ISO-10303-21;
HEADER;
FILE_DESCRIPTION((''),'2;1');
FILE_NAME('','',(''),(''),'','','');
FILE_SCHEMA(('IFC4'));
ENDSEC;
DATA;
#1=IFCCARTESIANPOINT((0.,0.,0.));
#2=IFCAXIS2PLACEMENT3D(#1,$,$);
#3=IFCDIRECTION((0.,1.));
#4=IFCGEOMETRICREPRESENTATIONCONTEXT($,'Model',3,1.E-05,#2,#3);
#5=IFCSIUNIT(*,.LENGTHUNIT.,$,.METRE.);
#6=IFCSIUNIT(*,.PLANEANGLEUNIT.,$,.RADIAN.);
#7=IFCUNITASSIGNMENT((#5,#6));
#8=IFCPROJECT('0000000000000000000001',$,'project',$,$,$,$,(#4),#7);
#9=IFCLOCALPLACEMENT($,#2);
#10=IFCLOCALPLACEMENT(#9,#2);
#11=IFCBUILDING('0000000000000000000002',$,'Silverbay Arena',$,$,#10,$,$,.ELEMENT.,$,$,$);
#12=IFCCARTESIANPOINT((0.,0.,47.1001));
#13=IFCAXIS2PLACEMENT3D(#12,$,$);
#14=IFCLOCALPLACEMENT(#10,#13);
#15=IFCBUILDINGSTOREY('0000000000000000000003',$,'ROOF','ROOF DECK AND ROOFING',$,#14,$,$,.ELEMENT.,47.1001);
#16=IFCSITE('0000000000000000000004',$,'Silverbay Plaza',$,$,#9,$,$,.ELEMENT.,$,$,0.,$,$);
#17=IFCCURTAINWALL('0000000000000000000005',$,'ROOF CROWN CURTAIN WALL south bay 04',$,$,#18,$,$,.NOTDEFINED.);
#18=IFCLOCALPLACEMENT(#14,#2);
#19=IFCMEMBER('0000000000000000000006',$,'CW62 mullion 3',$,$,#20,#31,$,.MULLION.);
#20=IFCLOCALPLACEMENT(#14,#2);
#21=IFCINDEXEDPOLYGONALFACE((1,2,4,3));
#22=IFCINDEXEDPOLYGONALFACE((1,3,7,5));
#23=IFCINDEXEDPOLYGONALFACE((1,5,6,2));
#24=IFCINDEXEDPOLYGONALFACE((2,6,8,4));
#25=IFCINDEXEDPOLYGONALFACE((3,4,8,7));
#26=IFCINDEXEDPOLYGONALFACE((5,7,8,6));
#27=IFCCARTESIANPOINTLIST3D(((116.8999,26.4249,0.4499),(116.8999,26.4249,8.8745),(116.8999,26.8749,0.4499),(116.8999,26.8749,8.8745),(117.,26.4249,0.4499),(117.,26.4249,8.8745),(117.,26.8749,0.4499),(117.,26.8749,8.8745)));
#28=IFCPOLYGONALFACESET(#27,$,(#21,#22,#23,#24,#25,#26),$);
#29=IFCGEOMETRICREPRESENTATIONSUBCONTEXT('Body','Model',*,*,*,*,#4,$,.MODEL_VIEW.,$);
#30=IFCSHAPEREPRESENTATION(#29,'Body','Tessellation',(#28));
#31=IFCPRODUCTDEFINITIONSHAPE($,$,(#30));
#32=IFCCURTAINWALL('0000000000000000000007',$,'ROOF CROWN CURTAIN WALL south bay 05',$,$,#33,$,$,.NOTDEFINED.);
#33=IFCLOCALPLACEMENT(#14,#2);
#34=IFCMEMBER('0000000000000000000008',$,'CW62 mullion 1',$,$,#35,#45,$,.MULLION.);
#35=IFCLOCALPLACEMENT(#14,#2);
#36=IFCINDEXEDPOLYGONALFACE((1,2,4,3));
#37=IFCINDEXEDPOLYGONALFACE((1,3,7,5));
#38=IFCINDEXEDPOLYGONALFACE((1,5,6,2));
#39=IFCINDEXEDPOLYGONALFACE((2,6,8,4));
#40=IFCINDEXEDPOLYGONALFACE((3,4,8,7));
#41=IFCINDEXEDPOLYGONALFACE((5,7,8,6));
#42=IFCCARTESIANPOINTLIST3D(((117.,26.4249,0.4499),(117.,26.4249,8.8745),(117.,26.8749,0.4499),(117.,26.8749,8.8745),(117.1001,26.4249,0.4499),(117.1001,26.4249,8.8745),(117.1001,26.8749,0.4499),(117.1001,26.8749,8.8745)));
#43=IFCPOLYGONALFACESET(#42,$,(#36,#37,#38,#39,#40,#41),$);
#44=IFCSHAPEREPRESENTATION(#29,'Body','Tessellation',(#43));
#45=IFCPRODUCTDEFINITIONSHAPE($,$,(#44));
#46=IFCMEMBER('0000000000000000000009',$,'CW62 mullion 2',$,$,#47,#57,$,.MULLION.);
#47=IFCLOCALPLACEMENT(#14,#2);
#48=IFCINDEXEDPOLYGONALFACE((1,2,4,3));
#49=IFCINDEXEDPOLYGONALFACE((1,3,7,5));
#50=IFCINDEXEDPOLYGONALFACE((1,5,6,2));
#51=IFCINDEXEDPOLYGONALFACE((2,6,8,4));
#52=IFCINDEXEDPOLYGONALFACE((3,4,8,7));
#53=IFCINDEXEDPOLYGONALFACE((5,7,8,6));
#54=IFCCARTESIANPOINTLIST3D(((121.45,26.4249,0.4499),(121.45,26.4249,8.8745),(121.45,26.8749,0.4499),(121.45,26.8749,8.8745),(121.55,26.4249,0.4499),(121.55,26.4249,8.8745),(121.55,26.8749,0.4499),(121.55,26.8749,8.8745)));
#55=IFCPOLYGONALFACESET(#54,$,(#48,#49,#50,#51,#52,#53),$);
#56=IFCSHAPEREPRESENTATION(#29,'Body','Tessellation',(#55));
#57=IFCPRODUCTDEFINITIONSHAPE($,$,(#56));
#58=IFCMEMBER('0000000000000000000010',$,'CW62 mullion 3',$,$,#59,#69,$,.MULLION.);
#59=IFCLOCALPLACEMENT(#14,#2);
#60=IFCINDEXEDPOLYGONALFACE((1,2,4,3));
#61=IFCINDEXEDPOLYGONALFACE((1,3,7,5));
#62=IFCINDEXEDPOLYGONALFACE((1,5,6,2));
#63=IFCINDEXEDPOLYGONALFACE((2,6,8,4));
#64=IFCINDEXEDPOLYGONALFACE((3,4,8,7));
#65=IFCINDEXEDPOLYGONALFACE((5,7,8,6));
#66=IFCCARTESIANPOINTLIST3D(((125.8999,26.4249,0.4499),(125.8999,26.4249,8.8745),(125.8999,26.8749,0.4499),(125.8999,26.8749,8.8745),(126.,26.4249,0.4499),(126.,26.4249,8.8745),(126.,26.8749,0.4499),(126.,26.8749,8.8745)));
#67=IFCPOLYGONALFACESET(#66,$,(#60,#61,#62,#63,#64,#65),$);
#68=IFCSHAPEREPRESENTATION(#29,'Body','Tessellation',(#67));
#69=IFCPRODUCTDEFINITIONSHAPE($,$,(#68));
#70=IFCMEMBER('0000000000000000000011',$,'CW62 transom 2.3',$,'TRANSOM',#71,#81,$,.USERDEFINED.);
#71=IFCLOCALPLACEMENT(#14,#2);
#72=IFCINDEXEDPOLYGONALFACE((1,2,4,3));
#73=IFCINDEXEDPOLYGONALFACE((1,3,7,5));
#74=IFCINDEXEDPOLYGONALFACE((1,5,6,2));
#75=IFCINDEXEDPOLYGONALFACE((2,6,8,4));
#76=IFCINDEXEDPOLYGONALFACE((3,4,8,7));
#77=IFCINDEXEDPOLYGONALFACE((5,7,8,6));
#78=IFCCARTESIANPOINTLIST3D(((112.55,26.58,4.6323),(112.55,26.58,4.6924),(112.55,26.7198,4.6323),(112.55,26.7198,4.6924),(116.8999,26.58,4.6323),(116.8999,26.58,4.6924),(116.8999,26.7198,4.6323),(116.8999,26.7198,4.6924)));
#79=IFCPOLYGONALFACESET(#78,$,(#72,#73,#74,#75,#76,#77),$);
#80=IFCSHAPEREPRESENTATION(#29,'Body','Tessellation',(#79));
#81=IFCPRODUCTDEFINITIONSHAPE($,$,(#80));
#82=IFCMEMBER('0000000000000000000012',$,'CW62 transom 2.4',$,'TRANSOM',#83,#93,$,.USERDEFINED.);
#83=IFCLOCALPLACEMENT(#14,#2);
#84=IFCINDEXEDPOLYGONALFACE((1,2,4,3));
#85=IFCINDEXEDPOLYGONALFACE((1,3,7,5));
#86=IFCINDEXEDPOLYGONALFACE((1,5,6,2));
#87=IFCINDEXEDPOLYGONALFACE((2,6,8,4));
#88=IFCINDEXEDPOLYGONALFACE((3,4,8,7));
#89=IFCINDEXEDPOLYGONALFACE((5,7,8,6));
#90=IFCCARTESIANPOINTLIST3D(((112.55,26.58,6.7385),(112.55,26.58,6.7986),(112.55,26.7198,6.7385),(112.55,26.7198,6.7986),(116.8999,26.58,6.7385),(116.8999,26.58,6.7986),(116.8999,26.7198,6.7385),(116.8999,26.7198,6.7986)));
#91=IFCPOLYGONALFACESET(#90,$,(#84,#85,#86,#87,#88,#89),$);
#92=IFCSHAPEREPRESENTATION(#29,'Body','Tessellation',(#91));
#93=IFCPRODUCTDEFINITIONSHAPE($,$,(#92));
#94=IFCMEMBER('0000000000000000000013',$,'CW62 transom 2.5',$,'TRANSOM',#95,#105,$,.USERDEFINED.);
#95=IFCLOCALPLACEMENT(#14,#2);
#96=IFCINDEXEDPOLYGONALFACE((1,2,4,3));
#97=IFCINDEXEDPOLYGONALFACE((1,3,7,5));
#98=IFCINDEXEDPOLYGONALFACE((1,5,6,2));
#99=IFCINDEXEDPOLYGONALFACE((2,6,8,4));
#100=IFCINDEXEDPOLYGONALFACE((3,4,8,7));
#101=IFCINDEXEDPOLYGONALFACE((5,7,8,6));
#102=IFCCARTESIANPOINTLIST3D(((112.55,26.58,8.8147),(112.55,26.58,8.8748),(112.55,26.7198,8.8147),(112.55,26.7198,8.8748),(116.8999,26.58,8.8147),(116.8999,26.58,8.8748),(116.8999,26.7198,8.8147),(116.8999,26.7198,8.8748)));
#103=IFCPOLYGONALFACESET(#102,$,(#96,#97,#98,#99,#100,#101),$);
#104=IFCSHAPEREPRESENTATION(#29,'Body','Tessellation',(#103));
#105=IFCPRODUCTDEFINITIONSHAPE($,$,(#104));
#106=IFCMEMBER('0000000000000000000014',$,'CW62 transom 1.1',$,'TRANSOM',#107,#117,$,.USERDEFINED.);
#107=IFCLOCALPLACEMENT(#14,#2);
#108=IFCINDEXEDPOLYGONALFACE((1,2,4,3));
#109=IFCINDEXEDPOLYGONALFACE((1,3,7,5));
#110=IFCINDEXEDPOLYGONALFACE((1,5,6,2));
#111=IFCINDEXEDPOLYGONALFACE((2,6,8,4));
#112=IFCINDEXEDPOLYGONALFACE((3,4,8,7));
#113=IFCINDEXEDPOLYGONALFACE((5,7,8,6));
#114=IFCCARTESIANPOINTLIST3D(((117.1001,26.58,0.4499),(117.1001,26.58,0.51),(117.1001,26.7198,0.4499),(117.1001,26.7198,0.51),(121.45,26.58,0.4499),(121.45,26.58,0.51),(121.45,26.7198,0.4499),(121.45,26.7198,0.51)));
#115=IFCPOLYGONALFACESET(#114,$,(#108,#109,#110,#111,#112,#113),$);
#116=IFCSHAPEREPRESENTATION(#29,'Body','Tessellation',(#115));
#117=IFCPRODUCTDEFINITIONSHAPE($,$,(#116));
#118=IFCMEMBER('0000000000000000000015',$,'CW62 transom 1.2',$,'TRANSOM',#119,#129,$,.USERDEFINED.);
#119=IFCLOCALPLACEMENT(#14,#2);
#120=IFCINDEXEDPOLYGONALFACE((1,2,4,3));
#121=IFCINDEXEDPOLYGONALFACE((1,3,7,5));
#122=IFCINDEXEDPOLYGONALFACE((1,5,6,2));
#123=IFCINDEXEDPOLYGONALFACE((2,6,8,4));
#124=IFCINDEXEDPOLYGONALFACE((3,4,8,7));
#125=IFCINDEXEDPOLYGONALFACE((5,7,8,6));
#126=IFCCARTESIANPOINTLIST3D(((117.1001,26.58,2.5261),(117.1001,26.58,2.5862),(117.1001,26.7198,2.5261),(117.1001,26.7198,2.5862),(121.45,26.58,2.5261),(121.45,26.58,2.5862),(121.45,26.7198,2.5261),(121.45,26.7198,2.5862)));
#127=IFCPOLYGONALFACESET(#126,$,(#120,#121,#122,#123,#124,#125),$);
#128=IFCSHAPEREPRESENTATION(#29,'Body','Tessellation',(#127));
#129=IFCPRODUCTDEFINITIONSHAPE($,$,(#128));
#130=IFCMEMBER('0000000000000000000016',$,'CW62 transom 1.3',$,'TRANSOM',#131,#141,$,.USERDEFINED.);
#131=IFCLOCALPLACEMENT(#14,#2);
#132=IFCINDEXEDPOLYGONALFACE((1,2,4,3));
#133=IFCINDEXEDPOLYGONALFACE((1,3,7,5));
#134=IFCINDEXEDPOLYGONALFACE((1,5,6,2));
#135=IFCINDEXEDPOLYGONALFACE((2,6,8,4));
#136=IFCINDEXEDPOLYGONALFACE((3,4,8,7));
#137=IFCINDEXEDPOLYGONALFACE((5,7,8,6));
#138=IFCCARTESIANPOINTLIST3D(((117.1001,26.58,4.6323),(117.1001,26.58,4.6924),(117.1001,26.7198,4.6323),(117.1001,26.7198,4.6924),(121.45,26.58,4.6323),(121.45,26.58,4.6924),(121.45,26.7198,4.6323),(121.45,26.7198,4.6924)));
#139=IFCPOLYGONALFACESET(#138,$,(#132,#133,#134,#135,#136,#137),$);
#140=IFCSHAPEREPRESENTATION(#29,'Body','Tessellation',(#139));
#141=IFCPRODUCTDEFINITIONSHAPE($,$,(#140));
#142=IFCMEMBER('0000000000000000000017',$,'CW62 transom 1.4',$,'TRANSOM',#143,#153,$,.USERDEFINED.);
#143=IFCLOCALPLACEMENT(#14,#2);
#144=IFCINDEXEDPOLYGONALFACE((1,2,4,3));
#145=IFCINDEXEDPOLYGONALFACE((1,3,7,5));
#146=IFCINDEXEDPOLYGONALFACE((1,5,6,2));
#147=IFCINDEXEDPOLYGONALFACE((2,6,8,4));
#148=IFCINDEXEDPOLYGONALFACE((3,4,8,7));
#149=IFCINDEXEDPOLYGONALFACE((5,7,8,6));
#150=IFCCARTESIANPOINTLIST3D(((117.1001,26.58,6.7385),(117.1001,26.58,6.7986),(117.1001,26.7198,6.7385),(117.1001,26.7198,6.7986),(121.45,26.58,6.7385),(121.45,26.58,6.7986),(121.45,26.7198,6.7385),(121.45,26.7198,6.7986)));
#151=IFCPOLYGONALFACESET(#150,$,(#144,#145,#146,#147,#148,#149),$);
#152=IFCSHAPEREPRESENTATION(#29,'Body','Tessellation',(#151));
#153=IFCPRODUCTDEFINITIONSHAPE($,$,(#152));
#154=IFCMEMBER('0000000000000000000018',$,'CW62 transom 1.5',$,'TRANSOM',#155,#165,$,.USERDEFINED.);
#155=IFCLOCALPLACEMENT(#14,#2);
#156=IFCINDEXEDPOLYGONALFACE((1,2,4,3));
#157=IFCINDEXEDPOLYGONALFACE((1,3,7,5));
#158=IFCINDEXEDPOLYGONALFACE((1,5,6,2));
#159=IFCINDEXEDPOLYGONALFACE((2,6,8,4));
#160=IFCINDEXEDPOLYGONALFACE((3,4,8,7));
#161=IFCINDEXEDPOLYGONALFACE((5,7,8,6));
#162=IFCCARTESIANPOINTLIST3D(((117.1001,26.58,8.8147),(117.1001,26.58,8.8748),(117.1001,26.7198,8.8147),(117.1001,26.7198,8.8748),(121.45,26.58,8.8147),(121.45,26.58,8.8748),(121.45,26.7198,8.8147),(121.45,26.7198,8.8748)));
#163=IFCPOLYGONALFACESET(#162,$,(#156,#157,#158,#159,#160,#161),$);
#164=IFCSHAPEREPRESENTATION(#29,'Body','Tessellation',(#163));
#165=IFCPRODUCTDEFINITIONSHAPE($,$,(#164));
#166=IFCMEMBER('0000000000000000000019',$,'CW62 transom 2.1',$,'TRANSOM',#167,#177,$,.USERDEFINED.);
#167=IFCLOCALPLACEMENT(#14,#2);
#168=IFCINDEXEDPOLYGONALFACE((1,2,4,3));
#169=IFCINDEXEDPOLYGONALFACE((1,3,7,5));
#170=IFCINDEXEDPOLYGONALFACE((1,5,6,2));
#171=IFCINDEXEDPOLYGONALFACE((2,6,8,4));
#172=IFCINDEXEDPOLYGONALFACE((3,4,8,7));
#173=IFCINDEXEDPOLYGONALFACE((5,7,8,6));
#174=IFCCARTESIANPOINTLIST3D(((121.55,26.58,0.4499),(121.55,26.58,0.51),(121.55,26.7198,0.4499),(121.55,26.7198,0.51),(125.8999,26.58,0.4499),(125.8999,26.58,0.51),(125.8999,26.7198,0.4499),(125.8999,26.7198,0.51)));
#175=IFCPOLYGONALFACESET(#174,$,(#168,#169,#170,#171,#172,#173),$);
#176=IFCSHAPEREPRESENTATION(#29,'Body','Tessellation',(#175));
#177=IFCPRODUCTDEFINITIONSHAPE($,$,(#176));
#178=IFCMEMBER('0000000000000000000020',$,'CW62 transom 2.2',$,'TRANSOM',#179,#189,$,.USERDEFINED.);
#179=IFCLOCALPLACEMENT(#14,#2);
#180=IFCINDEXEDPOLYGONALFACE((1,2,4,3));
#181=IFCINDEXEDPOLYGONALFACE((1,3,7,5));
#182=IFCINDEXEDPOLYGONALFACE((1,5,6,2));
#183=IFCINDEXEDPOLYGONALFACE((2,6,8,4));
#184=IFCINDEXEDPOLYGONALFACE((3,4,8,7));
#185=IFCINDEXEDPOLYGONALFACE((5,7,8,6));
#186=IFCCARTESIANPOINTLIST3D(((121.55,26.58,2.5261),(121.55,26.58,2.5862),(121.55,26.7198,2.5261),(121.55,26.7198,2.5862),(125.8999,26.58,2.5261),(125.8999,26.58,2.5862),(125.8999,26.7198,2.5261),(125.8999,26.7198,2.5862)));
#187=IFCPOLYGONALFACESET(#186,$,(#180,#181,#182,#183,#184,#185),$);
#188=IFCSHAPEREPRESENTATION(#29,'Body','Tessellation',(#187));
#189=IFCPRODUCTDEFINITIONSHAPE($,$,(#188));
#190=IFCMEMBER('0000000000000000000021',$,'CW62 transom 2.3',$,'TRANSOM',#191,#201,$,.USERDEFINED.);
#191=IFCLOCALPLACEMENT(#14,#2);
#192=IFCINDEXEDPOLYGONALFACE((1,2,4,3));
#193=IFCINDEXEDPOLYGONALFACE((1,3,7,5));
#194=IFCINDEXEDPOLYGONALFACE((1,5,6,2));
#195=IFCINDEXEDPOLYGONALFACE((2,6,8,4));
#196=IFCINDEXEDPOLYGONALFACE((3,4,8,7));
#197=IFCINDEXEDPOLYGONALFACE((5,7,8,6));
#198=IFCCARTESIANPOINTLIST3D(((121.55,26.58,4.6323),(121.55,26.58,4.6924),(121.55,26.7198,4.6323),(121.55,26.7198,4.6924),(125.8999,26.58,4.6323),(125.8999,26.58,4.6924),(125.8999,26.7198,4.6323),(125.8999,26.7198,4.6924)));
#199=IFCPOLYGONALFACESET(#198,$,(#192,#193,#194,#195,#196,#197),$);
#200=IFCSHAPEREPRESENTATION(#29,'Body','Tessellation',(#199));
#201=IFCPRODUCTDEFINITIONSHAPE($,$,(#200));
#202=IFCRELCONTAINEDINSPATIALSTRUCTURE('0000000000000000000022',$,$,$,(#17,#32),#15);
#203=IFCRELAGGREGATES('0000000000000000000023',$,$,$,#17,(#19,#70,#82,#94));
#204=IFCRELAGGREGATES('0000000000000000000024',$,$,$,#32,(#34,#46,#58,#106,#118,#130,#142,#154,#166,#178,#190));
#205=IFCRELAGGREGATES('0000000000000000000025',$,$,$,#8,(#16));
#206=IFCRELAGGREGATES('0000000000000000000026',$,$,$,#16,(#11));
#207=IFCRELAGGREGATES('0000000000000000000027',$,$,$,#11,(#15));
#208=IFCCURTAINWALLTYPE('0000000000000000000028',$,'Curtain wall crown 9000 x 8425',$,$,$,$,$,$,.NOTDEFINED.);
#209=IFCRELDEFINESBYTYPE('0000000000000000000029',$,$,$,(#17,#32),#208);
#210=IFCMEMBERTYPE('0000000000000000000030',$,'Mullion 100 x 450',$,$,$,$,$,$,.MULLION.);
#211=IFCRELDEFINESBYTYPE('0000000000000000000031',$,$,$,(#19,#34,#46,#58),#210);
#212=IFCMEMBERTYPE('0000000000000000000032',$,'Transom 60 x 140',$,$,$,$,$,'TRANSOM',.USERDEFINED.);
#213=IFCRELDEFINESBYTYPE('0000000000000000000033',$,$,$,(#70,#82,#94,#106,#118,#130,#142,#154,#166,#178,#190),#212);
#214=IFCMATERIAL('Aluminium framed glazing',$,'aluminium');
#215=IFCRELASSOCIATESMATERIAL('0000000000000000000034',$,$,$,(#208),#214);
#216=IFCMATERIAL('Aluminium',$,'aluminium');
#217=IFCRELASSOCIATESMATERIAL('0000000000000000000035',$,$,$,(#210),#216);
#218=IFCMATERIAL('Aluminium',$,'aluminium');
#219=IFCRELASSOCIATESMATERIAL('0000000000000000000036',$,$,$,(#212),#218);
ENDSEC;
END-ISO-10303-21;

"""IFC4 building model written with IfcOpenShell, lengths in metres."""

from ifc_helpers import new_model, si_unit, direction, frame, origin, origin_2d, place, context, subcontext, project, spatial, rectangle, extrude, material, material_profile, profile_set, type_object, element, aggregate, save


model = new_model("IFC4")

# Units and contexts
model_context = context("Model", 3, precision=1e-05, world=origin(), true_north=direction((0.0, 1.0)))
body_context = subcontext(model_context, "Body", "Model", "MODEL_VIEW")
ifc_project = project(units=[si_unit("LENGTHUNIT", "METRE"), si_unit("PLANEANGLEUNIT", "RADIAN")], contexts=[model_context])

# Site, building, storey
site_placement = place(None, origin())
site = spatial("IfcSite", under=ifc_project, at=site_placement, Name="Silverbay Plaza", CompositionType="ELEMENT", RefElevation=0.0)
building_placement = place(site_placement, origin())
building = spatial("IfcBuilding", under=site, at=building_placement, Name="Silverbay Arena", CompositionType="ELEMENT")
storey_placement = place(building_placement, frame((0.0, 0.0, 47.1001)))
storey = spatial("IfcBuildingStorey", under=building, at=storey_placement, Name="ROOF", Description="ROOF DECK AND ROOFING", CompositionType="ELEMENT", Elevation=47.1001)

# Curtain wall, member
ifc_material_1 = material(Name="Aluminium framed glazing", Category="aluminium")
curtain_wall_type = type_object("IfcCurtainWallType", Name="Curtain wall crown 9000 x 8425", PredefinedType="NOTDEFINED", material=ifc_material_1)
curtain_wall_1_placement = place(storey_placement, origin())
curtain_wall_1 = element("IfcCurtainWall", 1, at=curtain_wall_1_placement, inside=storey, type_object=curtain_wall_type, Name="ROOF CROWN CURTAIN WALL south bay 04", PredefinedType="NOTDEFINED")
ifc_material_2 = material(Name="Aluminium", Category="aluminium")
ifc_material_profile_1 = material_profile(ifc_material_2, rectangle(XDim=0.45, YDim=0.1001, at=origin_2d()), Name="Mullion 100 x 450")
ifc_profile_set_1 = profile_set([ifc_material_profile_1], Name="Aluminium")
member_type_1 = type_object("IfcMemberType", Name="Mullion 100 x 450", PredefinedType="MULLION", material=ifc_profile_set_1)
placement = place(building_placement, frame((0.0, 0.0, 33.5)))
member_1_placement = place(placement, frame((116.95, 26.6499, 14.05), z_axis=(0.0, 0.0, 1.0), x_axis=(0.0, 1.0, 0.0)))
member_1 = element("IfcMember", 2, at=member_1_placement, type_object=member_type_1, Name="CW62 mullion 3", PredefinedType="MULLION", context=body_context, shape_type="SweptSolid", body=[
    extrude(rectangle(XDim=0.45, YDim=0.1001, at=origin_2d()), origin(), (0.0, 0.0, 1.0), 8.4246),
])

# Curtain wall, members
curtain_wall_2_placement = place(storey_placement, origin())
curtain_wall_2 = element("IfcCurtainWall", 3, at=curtain_wall_2_placement, inside=storey, type_object=curtain_wall_type, Name="ROOF CROWN CURTAIN WALL south bay 05", PredefinedType="NOTDEFINED")
member_2_placement = place(placement, frame((117.05, 26.6499, 14.05), z_axis=(0.0, 0.0, 1.0), x_axis=(0.0, 1.0, 0.0)))
member_2 = element("IfcMember", 4, at=member_2_placement, type_object=member_type_1, Name="CW62 mullion 1", PredefinedType="MULLION", context=body_context, shape_type="SweptSolid", body=[
    extrude(rectangle(XDim=0.45, YDim=0.1001, at=origin_2d()), origin(), (0.0, 0.0, 1.0), 8.4246),
])
member_3_placement = place(placement, frame((121.5, 26.6499, 14.05), z_axis=(0.0, 0.0, 1.0), x_axis=(0.0, 1.0, 0.0)))
member_3 = element("IfcMember", 5, at=member_3_placement, type_object=member_type_1, Name="CW62 mullion 2", PredefinedType="MULLION", context=body_context, shape_type="SweptSolid", body=[
    extrude(rectangle(XDim=0.45, YDim=0.1001, at=origin_2d()), origin(), (0.0, 0.0, 1.0), 8.4246),
])
member_4_placement = place(placement, frame((125.95, 26.6499, 14.05), z_axis=(0.0, 0.0, 1.0), x_axis=(0.0, 1.0, 0.0)))
member_4 = element("IfcMember", 6, at=member_4_placement, type_object=member_type_1, Name="CW62 mullion 3", PredefinedType="MULLION", context=body_context, shape_type="SweptSolid", body=[
    extrude(rectangle(XDim=0.45, YDim=0.1001, at=origin_2d()), origin(), (0.0, 0.0, 1.0), 8.4246),
])

# Members
ifc_material_3 = material(Name="Aluminium", Category="aluminium")
ifc_material_profile_2 = material_profile(ifc_material_3, rectangle(XDim=0.1399, YDim=0.0601, at=origin_2d()), Name="Transom 60 x 140")
ifc_profile_set_2 = profile_set([ifc_material_profile_2], Name="Aluminium")
member_type_2 = type_object("IfcMemberType", Name="Transom 60 x 140", ElementType="TRANSOM", PredefinedType="USERDEFINED", material=ifc_profile_set_2)
member_5_placement = place(placement, frame((112.55, 26.6499, 18.2625), z_axis=(1.0, 0.0, 0.0), x_axis=(0.0, 1.0, 0.0)))
member_5 = element("IfcMember", 7, at=member_5_placement, type_object=member_type_2, Name="CW62 transom 2.3", ObjectType="TRANSOM", PredefinedType="USERDEFINED", context=body_context, shape_type="SweptSolid", body=[
    extrude(rectangle(XDim=0.1399, YDim=0.0601, at=origin_2d()), origin(), (0.0, 0.0, 1.0), 4.3499),
])
member_6_placement = place(placement, frame((112.55, 26.6499, 20.3687), z_axis=(1.0, 0.0, 0.0), x_axis=(0.0, 1.0, 0.0)))
member_6 = element("IfcMember", 8, at=member_6_placement, type_object=member_type_2, Name="CW62 transom 2.4", ObjectType="TRANSOM", PredefinedType="USERDEFINED", context=body_context, shape_type="SweptSolid", body=[
    extrude(rectangle(XDim=0.1399, YDim=0.0601, at=origin_2d()), origin(), (0.0, 0.0, 1.0), 4.3499),
])
member_7_placement = place(placement, frame((112.55, 26.6499, 22.4448), z_axis=(1.0, 0.0, 0.0), x_axis=(0.0, 1.0, 0.0)))
member_7 = element("IfcMember", 9, at=member_7_placement, type_object=member_type_2, Name="CW62 transom 2.5", ObjectType="TRANSOM", PredefinedType="USERDEFINED", context=body_context, shape_type="SweptSolid", body=[
    extrude(rectangle(XDim=0.1399, YDim=0.0601, at=origin_2d()), origin(), (0.0, 0.0, 1.0), 4.3499),
])
member_8_placement = place(placement, frame((117.1001, 26.6499, 14.0801), z_axis=(1.0, 0.0, 0.0), x_axis=(0.0, 1.0, 0.0)))
member_8 = element("IfcMember", 10, at=member_8_placement, type_object=member_type_2, Name="CW62 transom 1.1", ObjectType="TRANSOM", PredefinedType="USERDEFINED", context=body_context, shape_type="SweptSolid", body=[
    extrude(rectangle(XDim=0.1399, YDim=0.0601, at=origin_2d()), origin(), (0.0, 0.0, 1.0), 4.3499),
])
member_9_placement = place(placement, frame((117.1001, 26.6499, 16.1562), z_axis=(1.0, 0.0, 0.0), x_axis=(0.0, 1.0, 0.0)))
member_9 = element("IfcMember", 11, at=member_9_placement, type_object=member_type_2, Name="CW62 transom 1.2", ObjectType="TRANSOM", PredefinedType="USERDEFINED", context=body_context, shape_type="SweptSolid", body=[
    extrude(rectangle(XDim=0.1399, YDim=0.0601, at=origin_2d()), origin(), (0.0, 0.0, 1.0), 4.3499),
])
member_10_placement = place(placement, frame((117.1001, 26.6499, 18.2625), z_axis=(1.0, 0.0, 0.0), x_axis=(0.0, 1.0, 0.0)))
member_10 = element("IfcMember", 12, at=member_10_placement, type_object=member_type_2, Name="CW62 transom 1.3", ObjectType="TRANSOM", PredefinedType="USERDEFINED", context=body_context, shape_type="SweptSolid", body=[
    extrude(rectangle(XDim=0.1399, YDim=0.0601, at=origin_2d()), origin(), (0.0, 0.0, 1.0), 4.3499),
])
member_11_placement = place(placement, frame((117.1001, 26.6499, 20.3687), z_axis=(1.0, 0.0, 0.0), x_axis=(0.0, 1.0, 0.0)))
member_11 = element("IfcMember", 13, at=member_11_placement, type_object=member_type_2, Name="CW62 transom 1.4", ObjectType="TRANSOM", PredefinedType="USERDEFINED", context=body_context, shape_type="SweptSolid", body=[
    extrude(rectangle(XDim=0.1399, YDim=0.0601, at=origin_2d()), origin(), (0.0, 0.0, 1.0), 4.3499),
])
member_12_placement = place(placement, frame((117.1001, 26.6499, 22.4448), z_axis=(1.0, 0.0, 0.0), x_axis=(0.0, 1.0, 0.0)))
member_12 = element("IfcMember", 14, at=member_12_placement, type_object=member_type_2, Name="CW62 transom 1.5", ObjectType="TRANSOM", PredefinedType="USERDEFINED", context=body_context, shape_type="SweptSolid", body=[
    extrude(rectangle(XDim=0.1399, YDim=0.0601, at=origin_2d()), origin(), (0.0, 0.0, 1.0), 4.3499),
])
member_13_placement = place(placement, frame((121.55, 26.6499, 14.0801), z_axis=(1.0, 0.0, 0.0), x_axis=(0.0, 1.0, 0.0)))
member_13 = element("IfcMember", 15, at=member_13_placement, type_object=member_type_2, Name="CW62 transom 2.1", ObjectType="TRANSOM", PredefinedType="USERDEFINED", context=body_context, shape_type="SweptSolid", body=[
    extrude(rectangle(XDim=0.1399, YDim=0.0601, at=origin_2d()), origin(), (0.0, 0.0, 1.0), 4.3499),
])
member_14_placement = place(placement, frame((121.55, 26.6499, 16.1562), z_axis=(1.0, 0.0, 0.0), x_axis=(0.0, 1.0, 0.0)))
member_14 = element("IfcMember", 16, at=member_14_placement, type_object=member_type_2, Name="CW62 transom 2.2", ObjectType="TRANSOM", PredefinedType="USERDEFINED", context=body_context, shape_type="SweptSolid", body=[
    extrude(rectangle(XDim=0.1399, YDim=0.0601, at=origin_2d()), origin(), (0.0, 0.0, 1.0), 4.3499),
])
member_15_placement = place(placement, frame((121.55, 26.6499, 18.2625), z_axis=(1.0, 0.0, 0.0), x_axis=(0.0, 1.0, 0.0)))
member_15 = element("IfcMember", 17, at=member_15_placement, type_object=member_type_2, Name="CW62 transom 2.3", ObjectType="TRANSOM", PredefinedType="USERDEFINED", context=body_context, shape_type="SweptSolid", body=[
    extrude(rectangle(XDim=0.1399, YDim=0.0601, at=origin_2d()), origin(), (0.0, 0.0, 1.0), 4.3499),
])

aggregate(curtain_wall_1, [member_1, member_5, member_6, member_7])
aggregate(curtain_wall_2, [member_2, member_3, member_4, member_8, member_9, member_10, member_11, member_12, member_13, member_14, member_15])

save(model, "model.ifc")
